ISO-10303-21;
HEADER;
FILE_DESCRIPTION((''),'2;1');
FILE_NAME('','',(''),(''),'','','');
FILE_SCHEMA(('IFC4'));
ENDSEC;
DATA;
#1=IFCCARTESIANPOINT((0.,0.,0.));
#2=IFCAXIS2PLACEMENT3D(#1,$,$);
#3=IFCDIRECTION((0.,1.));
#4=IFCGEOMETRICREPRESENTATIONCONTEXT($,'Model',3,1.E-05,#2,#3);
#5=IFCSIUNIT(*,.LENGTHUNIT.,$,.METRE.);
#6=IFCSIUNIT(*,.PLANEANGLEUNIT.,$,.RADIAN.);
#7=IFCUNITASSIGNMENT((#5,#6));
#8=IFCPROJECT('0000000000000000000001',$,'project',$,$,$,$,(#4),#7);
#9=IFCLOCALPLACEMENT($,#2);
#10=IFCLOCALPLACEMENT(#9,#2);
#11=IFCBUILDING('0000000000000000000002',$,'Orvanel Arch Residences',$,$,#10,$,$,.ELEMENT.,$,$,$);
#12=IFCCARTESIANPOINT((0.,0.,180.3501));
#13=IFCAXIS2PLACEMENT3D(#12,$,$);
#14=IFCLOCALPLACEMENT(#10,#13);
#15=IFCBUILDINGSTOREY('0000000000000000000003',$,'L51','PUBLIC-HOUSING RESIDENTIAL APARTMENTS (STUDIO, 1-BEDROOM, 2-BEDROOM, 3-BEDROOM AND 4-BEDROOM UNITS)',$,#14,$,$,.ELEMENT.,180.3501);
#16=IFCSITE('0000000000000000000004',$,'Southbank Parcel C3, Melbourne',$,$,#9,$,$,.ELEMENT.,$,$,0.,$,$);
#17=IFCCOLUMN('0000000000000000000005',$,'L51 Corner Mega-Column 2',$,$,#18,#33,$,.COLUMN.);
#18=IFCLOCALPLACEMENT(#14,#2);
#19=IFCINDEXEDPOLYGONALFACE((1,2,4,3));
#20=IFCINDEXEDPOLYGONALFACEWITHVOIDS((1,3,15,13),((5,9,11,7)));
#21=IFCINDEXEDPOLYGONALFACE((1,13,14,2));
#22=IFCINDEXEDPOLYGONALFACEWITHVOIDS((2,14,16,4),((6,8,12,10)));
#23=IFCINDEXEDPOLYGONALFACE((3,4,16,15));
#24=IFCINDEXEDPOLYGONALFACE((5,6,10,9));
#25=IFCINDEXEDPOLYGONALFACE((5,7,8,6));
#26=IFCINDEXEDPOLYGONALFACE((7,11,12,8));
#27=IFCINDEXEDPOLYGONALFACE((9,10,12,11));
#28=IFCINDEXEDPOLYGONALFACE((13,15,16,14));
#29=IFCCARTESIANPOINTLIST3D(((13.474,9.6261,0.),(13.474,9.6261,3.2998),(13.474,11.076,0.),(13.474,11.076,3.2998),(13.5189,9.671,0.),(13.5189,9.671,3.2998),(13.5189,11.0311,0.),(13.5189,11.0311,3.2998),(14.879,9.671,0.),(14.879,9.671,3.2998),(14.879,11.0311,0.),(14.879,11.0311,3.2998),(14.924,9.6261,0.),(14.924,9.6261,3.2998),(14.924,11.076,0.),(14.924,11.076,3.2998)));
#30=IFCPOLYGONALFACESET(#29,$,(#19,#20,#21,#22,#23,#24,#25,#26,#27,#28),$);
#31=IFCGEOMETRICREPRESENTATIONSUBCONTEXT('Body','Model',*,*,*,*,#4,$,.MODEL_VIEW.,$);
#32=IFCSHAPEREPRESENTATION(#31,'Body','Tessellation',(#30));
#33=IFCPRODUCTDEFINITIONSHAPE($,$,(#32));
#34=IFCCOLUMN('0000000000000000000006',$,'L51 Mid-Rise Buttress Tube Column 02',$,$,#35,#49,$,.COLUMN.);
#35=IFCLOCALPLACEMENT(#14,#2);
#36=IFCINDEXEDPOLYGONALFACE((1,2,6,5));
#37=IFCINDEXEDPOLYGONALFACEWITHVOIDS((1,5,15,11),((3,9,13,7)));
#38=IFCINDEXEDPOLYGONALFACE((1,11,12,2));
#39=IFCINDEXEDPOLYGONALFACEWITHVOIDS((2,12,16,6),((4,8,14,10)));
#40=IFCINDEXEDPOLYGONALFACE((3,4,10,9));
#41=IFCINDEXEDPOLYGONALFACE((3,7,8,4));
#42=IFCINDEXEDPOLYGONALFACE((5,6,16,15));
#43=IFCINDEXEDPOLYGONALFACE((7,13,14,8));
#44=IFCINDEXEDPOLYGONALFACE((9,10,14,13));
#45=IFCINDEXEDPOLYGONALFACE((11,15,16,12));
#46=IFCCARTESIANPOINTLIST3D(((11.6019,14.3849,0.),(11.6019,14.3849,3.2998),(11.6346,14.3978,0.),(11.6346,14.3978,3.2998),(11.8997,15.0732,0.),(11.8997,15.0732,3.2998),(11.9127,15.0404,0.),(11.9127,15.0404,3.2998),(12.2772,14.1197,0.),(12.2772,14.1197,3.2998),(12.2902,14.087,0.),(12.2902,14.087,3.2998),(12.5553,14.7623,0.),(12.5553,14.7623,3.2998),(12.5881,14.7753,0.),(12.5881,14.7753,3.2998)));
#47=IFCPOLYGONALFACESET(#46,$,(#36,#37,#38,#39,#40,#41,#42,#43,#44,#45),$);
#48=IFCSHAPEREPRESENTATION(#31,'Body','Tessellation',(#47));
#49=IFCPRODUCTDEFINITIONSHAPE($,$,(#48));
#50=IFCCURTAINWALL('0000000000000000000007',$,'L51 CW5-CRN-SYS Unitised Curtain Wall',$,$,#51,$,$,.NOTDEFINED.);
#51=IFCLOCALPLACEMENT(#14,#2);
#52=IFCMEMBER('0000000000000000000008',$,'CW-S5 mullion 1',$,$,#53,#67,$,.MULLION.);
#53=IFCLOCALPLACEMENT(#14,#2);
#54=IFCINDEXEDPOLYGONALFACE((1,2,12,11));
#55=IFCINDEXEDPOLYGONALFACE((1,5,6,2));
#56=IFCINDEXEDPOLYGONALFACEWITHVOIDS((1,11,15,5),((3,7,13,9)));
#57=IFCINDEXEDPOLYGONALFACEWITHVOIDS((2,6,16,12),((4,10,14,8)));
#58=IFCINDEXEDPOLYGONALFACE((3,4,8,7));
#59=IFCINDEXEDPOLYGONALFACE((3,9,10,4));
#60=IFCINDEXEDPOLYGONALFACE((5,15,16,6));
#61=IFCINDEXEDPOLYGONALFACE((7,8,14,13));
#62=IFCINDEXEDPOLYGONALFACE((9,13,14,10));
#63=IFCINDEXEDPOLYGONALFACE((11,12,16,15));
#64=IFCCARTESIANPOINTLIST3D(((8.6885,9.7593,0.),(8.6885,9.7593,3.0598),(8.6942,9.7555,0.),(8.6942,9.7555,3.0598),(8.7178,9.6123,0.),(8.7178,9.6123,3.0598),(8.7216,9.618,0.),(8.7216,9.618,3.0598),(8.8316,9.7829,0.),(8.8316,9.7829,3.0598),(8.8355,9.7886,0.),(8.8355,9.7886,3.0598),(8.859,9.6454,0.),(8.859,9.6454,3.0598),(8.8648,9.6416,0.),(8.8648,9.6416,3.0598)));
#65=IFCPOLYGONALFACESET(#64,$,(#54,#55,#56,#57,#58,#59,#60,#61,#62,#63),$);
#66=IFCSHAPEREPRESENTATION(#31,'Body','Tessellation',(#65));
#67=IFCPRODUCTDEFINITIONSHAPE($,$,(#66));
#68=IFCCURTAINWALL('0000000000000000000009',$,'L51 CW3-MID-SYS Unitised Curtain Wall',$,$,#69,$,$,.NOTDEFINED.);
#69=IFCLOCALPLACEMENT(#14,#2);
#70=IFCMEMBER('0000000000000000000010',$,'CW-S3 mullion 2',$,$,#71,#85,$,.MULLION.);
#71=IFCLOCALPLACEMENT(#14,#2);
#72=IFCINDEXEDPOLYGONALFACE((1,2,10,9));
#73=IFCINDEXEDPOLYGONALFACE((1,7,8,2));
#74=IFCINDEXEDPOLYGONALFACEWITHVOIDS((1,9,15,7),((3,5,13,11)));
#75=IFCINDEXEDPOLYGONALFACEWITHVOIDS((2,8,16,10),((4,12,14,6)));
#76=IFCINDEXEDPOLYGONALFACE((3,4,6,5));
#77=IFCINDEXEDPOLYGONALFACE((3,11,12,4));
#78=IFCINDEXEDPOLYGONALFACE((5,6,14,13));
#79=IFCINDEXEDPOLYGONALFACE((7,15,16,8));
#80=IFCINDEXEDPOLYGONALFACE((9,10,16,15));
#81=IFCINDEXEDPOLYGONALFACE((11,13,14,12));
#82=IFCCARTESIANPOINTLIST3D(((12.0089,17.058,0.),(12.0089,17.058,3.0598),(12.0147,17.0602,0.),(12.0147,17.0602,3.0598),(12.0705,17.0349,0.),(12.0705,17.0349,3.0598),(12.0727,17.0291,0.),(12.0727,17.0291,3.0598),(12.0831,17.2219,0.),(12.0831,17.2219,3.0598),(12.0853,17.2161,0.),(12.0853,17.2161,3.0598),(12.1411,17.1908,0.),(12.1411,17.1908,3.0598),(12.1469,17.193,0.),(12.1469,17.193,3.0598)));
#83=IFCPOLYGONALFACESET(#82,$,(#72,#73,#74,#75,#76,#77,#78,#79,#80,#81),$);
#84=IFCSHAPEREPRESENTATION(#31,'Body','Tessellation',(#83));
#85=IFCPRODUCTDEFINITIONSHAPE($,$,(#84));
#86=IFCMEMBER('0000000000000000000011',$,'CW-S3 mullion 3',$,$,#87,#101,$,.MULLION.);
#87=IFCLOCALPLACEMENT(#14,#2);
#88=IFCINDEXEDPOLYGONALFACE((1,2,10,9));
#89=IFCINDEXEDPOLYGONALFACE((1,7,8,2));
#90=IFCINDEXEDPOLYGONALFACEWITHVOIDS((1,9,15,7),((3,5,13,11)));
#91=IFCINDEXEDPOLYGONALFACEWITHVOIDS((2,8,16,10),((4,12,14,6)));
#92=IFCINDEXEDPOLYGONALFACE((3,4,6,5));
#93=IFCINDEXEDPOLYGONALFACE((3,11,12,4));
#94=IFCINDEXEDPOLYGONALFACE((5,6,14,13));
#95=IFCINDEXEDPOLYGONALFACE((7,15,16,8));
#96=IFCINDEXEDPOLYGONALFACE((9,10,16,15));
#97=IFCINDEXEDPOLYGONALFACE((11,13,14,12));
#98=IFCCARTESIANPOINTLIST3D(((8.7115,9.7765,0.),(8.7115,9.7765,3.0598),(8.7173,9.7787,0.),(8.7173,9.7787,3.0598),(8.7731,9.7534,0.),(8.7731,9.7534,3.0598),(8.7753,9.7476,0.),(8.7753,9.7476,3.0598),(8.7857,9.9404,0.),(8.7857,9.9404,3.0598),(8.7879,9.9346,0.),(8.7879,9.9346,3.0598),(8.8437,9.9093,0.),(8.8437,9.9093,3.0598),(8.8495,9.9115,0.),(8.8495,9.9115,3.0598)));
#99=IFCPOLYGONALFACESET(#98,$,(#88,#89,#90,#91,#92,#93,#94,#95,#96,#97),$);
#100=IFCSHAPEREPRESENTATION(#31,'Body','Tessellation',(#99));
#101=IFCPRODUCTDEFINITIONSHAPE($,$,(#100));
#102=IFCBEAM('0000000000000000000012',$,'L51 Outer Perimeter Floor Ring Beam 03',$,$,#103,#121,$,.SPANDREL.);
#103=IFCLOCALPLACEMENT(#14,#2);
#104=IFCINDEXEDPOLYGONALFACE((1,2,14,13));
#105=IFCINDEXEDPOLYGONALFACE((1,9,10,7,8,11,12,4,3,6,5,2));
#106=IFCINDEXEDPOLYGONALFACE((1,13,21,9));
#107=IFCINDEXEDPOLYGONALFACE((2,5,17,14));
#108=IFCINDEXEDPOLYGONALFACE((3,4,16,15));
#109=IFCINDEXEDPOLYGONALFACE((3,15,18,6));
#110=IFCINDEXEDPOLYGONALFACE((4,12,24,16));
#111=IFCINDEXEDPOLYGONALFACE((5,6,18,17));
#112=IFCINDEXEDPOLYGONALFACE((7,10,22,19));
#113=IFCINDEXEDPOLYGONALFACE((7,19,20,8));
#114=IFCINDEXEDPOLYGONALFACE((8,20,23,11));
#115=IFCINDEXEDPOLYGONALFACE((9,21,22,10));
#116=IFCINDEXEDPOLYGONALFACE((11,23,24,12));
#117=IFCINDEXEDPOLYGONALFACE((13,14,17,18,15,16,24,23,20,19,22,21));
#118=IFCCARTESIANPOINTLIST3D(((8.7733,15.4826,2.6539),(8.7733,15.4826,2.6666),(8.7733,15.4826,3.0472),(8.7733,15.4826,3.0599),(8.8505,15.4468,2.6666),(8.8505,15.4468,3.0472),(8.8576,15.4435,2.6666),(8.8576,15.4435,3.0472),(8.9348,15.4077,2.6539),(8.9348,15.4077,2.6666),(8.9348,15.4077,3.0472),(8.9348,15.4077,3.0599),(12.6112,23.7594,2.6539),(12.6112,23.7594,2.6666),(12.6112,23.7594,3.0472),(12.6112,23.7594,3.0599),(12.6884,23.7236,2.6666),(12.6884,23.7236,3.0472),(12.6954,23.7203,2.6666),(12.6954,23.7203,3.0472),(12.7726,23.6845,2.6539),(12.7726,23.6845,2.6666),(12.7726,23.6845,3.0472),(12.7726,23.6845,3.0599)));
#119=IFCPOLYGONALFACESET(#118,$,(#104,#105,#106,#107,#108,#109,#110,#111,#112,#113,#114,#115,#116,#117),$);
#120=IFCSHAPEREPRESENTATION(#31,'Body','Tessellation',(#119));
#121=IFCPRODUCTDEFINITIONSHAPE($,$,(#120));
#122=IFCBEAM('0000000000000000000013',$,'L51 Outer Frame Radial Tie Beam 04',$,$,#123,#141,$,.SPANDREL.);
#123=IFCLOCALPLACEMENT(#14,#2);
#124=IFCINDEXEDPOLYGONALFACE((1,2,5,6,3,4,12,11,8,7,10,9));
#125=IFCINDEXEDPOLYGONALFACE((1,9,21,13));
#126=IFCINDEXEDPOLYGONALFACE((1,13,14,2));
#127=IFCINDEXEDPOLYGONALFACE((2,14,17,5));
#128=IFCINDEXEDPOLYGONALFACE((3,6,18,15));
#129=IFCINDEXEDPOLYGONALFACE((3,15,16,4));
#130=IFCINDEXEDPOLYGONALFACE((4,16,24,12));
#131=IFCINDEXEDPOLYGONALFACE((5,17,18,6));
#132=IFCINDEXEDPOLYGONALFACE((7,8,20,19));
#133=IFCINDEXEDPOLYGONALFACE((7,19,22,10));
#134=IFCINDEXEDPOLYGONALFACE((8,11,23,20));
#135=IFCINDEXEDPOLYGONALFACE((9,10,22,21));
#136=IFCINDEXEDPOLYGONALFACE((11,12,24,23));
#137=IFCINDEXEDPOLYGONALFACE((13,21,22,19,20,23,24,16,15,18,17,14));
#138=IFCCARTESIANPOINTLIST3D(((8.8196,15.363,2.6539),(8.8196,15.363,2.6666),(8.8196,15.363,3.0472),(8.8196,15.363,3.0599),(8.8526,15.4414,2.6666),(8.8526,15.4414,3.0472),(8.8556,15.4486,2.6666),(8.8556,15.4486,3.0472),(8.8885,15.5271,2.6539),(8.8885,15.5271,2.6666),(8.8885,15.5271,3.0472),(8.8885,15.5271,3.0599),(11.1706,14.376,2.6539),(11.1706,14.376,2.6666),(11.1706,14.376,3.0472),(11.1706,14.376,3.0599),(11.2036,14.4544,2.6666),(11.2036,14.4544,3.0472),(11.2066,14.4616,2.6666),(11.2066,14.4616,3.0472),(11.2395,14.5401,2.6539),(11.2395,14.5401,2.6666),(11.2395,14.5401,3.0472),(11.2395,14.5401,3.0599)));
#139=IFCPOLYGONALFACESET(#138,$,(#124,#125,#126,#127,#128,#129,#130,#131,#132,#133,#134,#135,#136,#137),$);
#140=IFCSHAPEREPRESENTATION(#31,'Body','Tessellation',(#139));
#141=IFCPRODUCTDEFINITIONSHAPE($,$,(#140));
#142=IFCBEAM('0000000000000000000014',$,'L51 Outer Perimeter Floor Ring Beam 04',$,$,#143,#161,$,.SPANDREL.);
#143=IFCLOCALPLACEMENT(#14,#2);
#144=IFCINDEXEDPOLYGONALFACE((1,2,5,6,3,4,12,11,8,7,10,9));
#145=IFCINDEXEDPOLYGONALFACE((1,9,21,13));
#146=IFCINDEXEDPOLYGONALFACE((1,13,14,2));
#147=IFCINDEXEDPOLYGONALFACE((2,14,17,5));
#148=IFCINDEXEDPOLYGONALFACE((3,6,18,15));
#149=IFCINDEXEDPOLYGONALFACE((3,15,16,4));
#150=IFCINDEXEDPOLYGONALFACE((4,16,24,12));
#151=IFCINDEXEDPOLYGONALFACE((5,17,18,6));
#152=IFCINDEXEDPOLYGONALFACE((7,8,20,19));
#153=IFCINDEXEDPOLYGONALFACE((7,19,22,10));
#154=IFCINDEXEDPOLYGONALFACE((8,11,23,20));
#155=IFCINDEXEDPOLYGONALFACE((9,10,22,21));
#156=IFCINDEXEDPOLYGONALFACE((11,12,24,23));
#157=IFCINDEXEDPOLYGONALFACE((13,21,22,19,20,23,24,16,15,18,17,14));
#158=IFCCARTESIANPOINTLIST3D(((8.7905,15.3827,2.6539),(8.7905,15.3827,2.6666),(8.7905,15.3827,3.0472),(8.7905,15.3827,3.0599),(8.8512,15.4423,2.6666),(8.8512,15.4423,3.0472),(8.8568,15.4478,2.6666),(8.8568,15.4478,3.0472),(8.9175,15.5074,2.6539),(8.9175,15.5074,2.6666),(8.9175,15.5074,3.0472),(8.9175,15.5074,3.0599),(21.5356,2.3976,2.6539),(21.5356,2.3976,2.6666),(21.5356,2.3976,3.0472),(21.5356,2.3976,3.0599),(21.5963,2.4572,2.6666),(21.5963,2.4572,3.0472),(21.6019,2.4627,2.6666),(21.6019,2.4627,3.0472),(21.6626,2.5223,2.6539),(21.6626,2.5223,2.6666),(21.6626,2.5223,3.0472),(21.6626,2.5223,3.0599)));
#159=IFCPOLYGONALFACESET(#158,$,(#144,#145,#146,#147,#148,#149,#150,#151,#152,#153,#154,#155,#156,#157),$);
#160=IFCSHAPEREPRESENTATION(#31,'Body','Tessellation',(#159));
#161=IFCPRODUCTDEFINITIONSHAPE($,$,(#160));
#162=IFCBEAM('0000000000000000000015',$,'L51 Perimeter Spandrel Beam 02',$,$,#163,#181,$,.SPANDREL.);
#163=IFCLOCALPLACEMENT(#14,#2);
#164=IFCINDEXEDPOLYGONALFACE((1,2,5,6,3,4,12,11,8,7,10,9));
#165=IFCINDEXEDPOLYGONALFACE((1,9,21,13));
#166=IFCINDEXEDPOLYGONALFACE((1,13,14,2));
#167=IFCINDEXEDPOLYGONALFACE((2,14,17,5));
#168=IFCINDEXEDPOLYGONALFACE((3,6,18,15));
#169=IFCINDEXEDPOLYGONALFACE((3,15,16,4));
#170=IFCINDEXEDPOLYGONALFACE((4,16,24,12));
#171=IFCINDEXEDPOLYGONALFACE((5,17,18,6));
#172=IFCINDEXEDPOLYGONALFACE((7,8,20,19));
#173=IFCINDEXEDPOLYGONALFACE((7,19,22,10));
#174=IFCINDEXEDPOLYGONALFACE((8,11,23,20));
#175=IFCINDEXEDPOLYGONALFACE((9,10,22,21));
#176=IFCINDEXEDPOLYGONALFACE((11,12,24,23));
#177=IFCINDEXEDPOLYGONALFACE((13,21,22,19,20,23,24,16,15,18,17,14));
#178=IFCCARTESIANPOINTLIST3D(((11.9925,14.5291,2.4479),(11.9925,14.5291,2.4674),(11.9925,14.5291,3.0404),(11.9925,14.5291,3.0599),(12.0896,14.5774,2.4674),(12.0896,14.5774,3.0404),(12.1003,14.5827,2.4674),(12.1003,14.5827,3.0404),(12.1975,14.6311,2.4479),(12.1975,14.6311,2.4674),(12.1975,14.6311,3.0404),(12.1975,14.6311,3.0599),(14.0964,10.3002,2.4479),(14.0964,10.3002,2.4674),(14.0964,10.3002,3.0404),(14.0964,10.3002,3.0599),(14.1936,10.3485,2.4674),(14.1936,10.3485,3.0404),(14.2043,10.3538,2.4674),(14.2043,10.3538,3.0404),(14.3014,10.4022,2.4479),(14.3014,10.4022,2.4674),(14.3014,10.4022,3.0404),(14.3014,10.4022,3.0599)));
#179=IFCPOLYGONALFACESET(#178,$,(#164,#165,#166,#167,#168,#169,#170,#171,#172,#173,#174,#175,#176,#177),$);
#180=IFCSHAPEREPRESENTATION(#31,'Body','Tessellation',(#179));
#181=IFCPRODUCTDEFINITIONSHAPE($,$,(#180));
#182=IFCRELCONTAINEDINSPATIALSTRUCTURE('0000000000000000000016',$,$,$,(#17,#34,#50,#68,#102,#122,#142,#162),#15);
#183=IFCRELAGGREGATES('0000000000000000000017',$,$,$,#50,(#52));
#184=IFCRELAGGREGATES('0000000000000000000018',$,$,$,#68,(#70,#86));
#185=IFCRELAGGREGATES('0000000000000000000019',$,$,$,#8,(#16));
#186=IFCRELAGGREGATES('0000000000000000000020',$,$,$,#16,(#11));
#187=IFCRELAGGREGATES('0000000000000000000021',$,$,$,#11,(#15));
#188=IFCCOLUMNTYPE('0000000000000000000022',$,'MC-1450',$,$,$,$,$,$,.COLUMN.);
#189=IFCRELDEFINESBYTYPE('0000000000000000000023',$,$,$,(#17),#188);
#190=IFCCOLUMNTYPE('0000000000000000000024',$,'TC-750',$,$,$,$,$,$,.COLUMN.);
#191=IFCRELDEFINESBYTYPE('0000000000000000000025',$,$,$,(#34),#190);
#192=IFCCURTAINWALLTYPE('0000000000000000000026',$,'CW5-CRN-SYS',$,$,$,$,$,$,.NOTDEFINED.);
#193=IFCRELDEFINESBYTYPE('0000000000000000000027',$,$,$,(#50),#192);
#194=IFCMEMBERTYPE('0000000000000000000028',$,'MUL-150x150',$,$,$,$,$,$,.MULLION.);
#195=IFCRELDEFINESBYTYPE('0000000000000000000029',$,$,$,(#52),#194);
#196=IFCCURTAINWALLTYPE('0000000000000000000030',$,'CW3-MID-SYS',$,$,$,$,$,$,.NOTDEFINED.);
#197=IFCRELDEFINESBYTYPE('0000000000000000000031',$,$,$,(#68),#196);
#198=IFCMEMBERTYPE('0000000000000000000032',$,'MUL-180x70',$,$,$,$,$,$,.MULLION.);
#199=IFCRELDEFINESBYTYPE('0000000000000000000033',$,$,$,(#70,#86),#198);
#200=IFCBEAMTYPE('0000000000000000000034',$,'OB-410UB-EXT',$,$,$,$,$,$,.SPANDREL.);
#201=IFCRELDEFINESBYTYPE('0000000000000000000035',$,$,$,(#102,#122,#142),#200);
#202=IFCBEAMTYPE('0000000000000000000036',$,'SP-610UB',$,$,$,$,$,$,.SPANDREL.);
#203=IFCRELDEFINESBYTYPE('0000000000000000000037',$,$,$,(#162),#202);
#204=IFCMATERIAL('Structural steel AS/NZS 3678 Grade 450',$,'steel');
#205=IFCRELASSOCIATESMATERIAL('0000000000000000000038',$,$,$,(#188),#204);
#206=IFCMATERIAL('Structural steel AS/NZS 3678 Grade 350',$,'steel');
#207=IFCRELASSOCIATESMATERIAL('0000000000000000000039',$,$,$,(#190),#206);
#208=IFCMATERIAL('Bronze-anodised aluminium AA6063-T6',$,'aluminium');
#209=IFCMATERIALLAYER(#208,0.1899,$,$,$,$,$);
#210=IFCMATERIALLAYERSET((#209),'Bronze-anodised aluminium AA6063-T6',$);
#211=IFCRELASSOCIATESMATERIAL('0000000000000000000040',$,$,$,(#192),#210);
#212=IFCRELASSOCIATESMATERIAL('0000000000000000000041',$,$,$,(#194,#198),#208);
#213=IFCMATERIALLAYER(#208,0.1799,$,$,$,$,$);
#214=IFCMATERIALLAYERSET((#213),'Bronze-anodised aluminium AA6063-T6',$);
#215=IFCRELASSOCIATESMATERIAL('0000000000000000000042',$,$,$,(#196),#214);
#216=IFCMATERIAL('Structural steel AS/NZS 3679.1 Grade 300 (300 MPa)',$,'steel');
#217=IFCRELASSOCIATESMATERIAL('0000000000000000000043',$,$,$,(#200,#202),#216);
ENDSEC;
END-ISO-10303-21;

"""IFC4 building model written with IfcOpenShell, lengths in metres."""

from ifc_helpers import new_model, si_unit, direction, frame, origin, origin_2d, place, context, subcontext, project, spatial, hollow_rectangle, i_section, extrude, material, layer, layer_set, material_profile, profile_set, type_object, element, aggregate, save


model = new_model("IFC4")

# Units and contexts
model_context = context("Model", 3, precision=1e-05, world=origin(), true_north=direction((0.0, 1.0)))
body_context = subcontext(model_context, "Body", "Model", "MODEL_VIEW")
ifc_project = project(units=[si_unit("LENGTHUNIT", "METRE"), si_unit("PLANEANGLEUNIT", "RADIAN")], contexts=[model_context])

# Site, building, storey
site_placement = place(None, origin())
site = spatial("IfcSite", under=ifc_project, at=site_placement, Name="Southbank Parcel C3, Melbourne", CompositionType="ELEMENT", RefElevation=0.0)
building_placement = place(site_placement, origin())
building = spatial("IfcBuilding", under=site, at=building_placement, Name="Orvanel Arch Residences", CompositionType="ELEMENT")
storey_placement = place(building_placement, frame((0.0, 0.0, 180.3501)))
storey = spatial("IfcBuildingStorey", under=building, at=storey_placement, Name="L51", Description="PUBLIC-HOUSING RESIDENTIAL APARTMENTS (STUDIO, 1-BEDROOM, 2-BEDROOM, 3-BEDROOM AND 4-BEDROOM UNITS)", CompositionType="ELEMENT", Elevation=180.3501)

# Columns
ifc_material_1 = material(Name="Structural steel AS/NZS 3678 Grade 450", Category="steel")
ifc_material_profile_1 = material_profile(ifc_material_1, hollow_rectangle(XDim=1.45, YDim=1.45, WallThickness=0.0449, at=origin_2d()), Name="BOX1450x1450x45")
ifc_profile_set_1 = profile_set([ifc_material_profile_1], Name="Structural steel AS/NZS 3678 Grade 450")
column_type_1 = type_object("IfcColumnType", Name="MC-1450", PredefinedType="COLUMN", material=ifc_profile_set_1)
column_1_placement = place(storey_placement, frame((14.199, 10.3511, 0.0), z_axis=(0.0, 0.0, 1.0), x_axis=(1.0, 0.0, 0.0)))
element("IfcColumn", 1, at=column_1_placement, inside=storey, type_object=column_type_1, Name="L51 Corner Mega-Column 2", PredefinedType="COLUMN", context=body_context, shape_type="SweptSolid", body=[
    extrude(hollow_rectangle(XDim=1.45, YDim=1.45, WallThickness=0.0449, at=origin_2d()), origin(), (0.0, 0.0, 1.0), 3.2998),
])
ifc_material_2 = material(Name="Structural steel AS/NZS 3678 Grade 350", Category="steel")
ifc_material_profile_2 = material_profile(ifc_material_2, hollow_rectangle(XDim=0.75, YDim=0.75, WallThickness=0.0249, at=origin_2d()), Name="BOX750x750x25")
ifc_profile_set_2 = profile_set([ifc_material_profile_2], Name="Structural steel AS/NZS 3678 Grade 350")
column_type_2 = type_object("IfcColumnType", Name="TC-750", PredefinedType="COLUMN", material=ifc_profile_set_2)
column_2_placement = place(storey_placement, frame((12.095, 14.5801, 0.0), z_axis=(0.0, 0.0, 1.0), x_axis=(0.397148, 0.917755, 0.0)))
element("IfcColumn", 2, at=column_2_placement, inside=storey, type_object=column_type_2, Name="L51 Mid-Rise Buttress Tube Column 02", PredefinedType="COLUMN", context=body_context, shape_type="SweptSolid", body=[
    extrude(hollow_rectangle(XDim=0.75, YDim=0.75, WallThickness=0.0249, at=origin_2d()), origin(), (0.0, 0.0, 1.0), 3.2998),
])

# Curtain wall, member
ifc_material_3 = material(Name="Bronze-anodised aluminium AA6063-T6", Category="aluminium")
ifc_layer_1 = layer(ifc_material_3, 0.1899)
ifc_layer_set_1 = layer_set([ifc_layer_1], Name="Bronze-anodised aluminium AA6063-T6")
curtain_wall_type_1 = type_object("IfcCurtainWallType", Name="CW5-CRN-SYS", PredefinedType="NOTDEFINED", material=ifc_layer_set_1)
curtain_wall_1_placement = place(storey_placement, origin())
curtain_wall_1 = element("IfcCurtainWall", 3, at=curtain_wall_1_placement, inside=storey, type_object=curtain_wall_type_1, Name="L51 CW5-CRN-SYS Unitised Curtain Wall", PredefinedType="NOTDEFINED")
ifc_material_profile_3 = material_profile(ifc_material_3, hollow_rectangle(XDim=0.1499, YDim=0.1499, WallThickness=0.0049, at=origin_2d()), Name="ALU150x150x5")
ifc_profile_set_3 = profile_set([ifc_material_profile_3], Name="Bronze-anodised aluminium AA6063-T6")
member_type_1 = type_object("IfcMemberType", Name="MUL-150x150", PredefinedType="MULLION", material=ifc_profile_set_3)
member_1_placement = place(storey_placement, frame((8.7766, 9.7004, 0.0), z_axis=(0.0, 0.0, 1.0), x_axis=(0.980694, 0.195551, 0.0)))
member_1 = element("IfcMember", 4, at=member_1_placement, type_object=member_type_1, Name="CW-S5 mullion 1", PredefinedType="MULLION", context=body_context, shape_type="SweptSolid", body=[
    extrude(hollow_rectangle(XDim=0.1499, YDim=0.1499, WallThickness=0.0049, at=origin_2d()), origin(), (0.0, 0.0, 1.0), 3.0598),
])

# Curtain wall, members
ifc_layer_2 = layer(ifc_material_3, 0.1799)
ifc_layer_set_2 = layer_set([ifc_layer_2], Name="Bronze-anodised aluminium AA6063-T6")
curtain_wall_type_2 = type_object("IfcCurtainWallType", Name="CW3-MID-SYS", PredefinedType="NOTDEFINED", material=ifc_layer_set_2)
curtain_wall_2_placement = place(storey_placement, origin())
curtain_wall_2 = element("IfcCurtainWall", 5, at=curtain_wall_2_placement, inside=storey, type_object=curtain_wall_type_2, Name="L51 CW3-MID-SYS Unitised Curtain Wall", PredefinedType="NOTDEFINED")
ifc_material_profile_4 = material_profile(ifc_material_3, hollow_rectangle(XDim=0.0701, YDim=0.1799, WallThickness=0.0044, at=origin_2d()), Name="ALU180x70x4.5")
ifc_profile_set_4 = profile_set([ifc_material_profile_4], Name="Bronze-anodised aluminium AA6063-T6")
member_type_2 = type_object("IfcMemberType", Name="MUL-180x70", PredefinedType="MULLION", material=ifc_profile_set_4)
member_2_placement = place(storey_placement, frame((12.0779, 17.1255, 0.0), z_axis=(0.0, 0.0, 1.0), x_axis=(0.910944, -0.412531, 0.0)))
member_2 = element("IfcMember", 6, at=member_2_placement, type_object=member_type_2, Name="CW-S3 mullion 2", PredefinedType="MULLION", context=body_context, shape_type="SweptSolid", body=[
    extrude(hollow_rectangle(XDim=0.0701, YDim=0.1799, WallThickness=0.0044, at=origin_2d()), origin(), (0.0, 0.0, 1.0), 3.0598),
])
member_3_placement = place(storey_placement, frame((8.7805, 9.844, 0.0), z_axis=(0.0, 0.0, 1.0), x_axis=(0.910944, -0.412531, 0.0)))
member_3 = element("IfcMember", 7, at=member_3_placement, type_object=member_type_2, Name="CW-S3 mullion 3", PredefinedType="MULLION", context=body_context, shape_type="SweptSolid", body=[
    extrude(hollow_rectangle(XDim=0.0701, YDim=0.1799, WallThickness=0.0044, at=origin_2d()), origin(), (0.0, 0.0, 1.0), 3.0598),
])

# Beams
ifc_material_4 = material(Name="Structural steel AS/NZS 3679.1 Grade 300 (300 MPa)", Category="steel")
ifc_material_profile_5 = material_profile(ifc_material_4, i_section(OverallWidth=0.178, OverallDepth=0.406, WebThickness=0.0078, FlangeThickness=0.0127, at=origin_2d()), Name="410UB59.7")
ifc_profile_set_5 = profile_set([ifc_material_profile_5], Name="Structural steel AS/NZS 3679.1 Grade 300 (300 MPa)")
beam_type_1 = type_object("IfcBeamType", Name="OB-410UB-EXT", PredefinedType="SPANDREL", material=ifc_profile_set_5)
beam_1_placement = place(storey_placement, frame((12.6919, 23.7219, 2.8569), z_axis=(-0.420666, -0.907215, 0.0), x_axis=(0.907215, -0.420666, 0.0)))
element("IfcBeam", 8, at=beam_1_placement, inside=storey, type_object=beam_type_1, Name="L51 Outer Perimeter Floor Ring Beam 03", PredefinedType="SPANDREL", context=body_context, shape_type="SweptSolid", body=[
    extrude(i_section(OverallWidth=0.178, OverallDepth=0.406, WebThickness=0.0078, FlangeThickness=0.0127, at=origin_2d()), origin(), (0.0, 0.0, 1.0), 9.1233),
])
beam_2_placement = place(storey_placement, frame((11.2051, 14.458, 2.8569), z_axis=(-0.922037, 0.387102, 0.0), x_axis=(-0.387102, -0.922037, 0.0)))
element("IfcBeam", 9, at=beam_2_placement, inside=storey, type_object=beam_type_1, Name="L51 Outer Frame Radial Tie Beam 04", PredefinedType="SPANDREL", context=body_context, shape_type="SweptSolid", body=[
    extrude(i_section(OverallWidth=0.178, OverallDepth=0.406, WebThickness=0.0078, FlangeThickness=0.0127, at=origin_2d()), origin(), (0.0, 0.0, 1.0), 2.5498),
])
beam_3_placement = place(storey_placement, frame((8.854, 15.4451, 2.8569), z_axis=(0.700481, -0.713671, 0.0), x_axis=(0.713671, 0.700481, 0.0)))
element("IfcBeam", 10, at=beam_3_placement, inside=storey, type_object=beam_type_1, Name="L51 Outer Perimeter Floor Ring Beam 04", PredefinedType="SPANDREL", context=body_context, shape_type="SweptSolid", body=[
    extrude(i_section(OverallWidth=0.178, OverallDepth=0.406, WebThickness=0.0078, FlangeThickness=0.0127, at=origin_2d()), origin(), (0.0, 0.0, 1.0), 18.1948),
])
ifc_material_profile_6 = material_profile(ifc_material_4, i_section(OverallWidth=0.229, OverallDepth=0.6121, WebThickness=0.012, FlangeThickness=0.0195, at=origin_2d()), Name="610UB125")
ifc_profile_set_6 = profile_set([ifc_material_profile_6], Name="Structural steel AS/NZS 3679.1 Grade 300 (300 MPa)")
beam_type_2 = type_object("IfcBeamType", Name="SP-610UB", PredefinedType="SPANDREL", material=ifc_profile_set_6)
beam_4_placement = place(storey_placement, frame((12.095, 14.5801, 2.7539), z_axis=(0.445435, -0.895314, 0.0), x_axis=(0.895314, 0.445435, 0.0)))
element("IfcBeam", 11, at=beam_4_placement, inside=storey, type_object=beam_type_2, Name="L51 Perimeter Spandrel Beam 02", PredefinedType="SPANDREL", context=body_context, shape_type="SweptSolid", body=[
    extrude(i_section(OverallWidth=0.229, OverallDepth=0.6121, WebThickness=0.012, FlangeThickness=0.0195, at=origin_2d()), origin(), (0.0, 0.0, 1.0), 4.7234),
])

aggregate(curtain_wall_1, [member_1])

aggregate(curtain_wall_2, [member_2, member_3])

save(model, "model.ifc")
